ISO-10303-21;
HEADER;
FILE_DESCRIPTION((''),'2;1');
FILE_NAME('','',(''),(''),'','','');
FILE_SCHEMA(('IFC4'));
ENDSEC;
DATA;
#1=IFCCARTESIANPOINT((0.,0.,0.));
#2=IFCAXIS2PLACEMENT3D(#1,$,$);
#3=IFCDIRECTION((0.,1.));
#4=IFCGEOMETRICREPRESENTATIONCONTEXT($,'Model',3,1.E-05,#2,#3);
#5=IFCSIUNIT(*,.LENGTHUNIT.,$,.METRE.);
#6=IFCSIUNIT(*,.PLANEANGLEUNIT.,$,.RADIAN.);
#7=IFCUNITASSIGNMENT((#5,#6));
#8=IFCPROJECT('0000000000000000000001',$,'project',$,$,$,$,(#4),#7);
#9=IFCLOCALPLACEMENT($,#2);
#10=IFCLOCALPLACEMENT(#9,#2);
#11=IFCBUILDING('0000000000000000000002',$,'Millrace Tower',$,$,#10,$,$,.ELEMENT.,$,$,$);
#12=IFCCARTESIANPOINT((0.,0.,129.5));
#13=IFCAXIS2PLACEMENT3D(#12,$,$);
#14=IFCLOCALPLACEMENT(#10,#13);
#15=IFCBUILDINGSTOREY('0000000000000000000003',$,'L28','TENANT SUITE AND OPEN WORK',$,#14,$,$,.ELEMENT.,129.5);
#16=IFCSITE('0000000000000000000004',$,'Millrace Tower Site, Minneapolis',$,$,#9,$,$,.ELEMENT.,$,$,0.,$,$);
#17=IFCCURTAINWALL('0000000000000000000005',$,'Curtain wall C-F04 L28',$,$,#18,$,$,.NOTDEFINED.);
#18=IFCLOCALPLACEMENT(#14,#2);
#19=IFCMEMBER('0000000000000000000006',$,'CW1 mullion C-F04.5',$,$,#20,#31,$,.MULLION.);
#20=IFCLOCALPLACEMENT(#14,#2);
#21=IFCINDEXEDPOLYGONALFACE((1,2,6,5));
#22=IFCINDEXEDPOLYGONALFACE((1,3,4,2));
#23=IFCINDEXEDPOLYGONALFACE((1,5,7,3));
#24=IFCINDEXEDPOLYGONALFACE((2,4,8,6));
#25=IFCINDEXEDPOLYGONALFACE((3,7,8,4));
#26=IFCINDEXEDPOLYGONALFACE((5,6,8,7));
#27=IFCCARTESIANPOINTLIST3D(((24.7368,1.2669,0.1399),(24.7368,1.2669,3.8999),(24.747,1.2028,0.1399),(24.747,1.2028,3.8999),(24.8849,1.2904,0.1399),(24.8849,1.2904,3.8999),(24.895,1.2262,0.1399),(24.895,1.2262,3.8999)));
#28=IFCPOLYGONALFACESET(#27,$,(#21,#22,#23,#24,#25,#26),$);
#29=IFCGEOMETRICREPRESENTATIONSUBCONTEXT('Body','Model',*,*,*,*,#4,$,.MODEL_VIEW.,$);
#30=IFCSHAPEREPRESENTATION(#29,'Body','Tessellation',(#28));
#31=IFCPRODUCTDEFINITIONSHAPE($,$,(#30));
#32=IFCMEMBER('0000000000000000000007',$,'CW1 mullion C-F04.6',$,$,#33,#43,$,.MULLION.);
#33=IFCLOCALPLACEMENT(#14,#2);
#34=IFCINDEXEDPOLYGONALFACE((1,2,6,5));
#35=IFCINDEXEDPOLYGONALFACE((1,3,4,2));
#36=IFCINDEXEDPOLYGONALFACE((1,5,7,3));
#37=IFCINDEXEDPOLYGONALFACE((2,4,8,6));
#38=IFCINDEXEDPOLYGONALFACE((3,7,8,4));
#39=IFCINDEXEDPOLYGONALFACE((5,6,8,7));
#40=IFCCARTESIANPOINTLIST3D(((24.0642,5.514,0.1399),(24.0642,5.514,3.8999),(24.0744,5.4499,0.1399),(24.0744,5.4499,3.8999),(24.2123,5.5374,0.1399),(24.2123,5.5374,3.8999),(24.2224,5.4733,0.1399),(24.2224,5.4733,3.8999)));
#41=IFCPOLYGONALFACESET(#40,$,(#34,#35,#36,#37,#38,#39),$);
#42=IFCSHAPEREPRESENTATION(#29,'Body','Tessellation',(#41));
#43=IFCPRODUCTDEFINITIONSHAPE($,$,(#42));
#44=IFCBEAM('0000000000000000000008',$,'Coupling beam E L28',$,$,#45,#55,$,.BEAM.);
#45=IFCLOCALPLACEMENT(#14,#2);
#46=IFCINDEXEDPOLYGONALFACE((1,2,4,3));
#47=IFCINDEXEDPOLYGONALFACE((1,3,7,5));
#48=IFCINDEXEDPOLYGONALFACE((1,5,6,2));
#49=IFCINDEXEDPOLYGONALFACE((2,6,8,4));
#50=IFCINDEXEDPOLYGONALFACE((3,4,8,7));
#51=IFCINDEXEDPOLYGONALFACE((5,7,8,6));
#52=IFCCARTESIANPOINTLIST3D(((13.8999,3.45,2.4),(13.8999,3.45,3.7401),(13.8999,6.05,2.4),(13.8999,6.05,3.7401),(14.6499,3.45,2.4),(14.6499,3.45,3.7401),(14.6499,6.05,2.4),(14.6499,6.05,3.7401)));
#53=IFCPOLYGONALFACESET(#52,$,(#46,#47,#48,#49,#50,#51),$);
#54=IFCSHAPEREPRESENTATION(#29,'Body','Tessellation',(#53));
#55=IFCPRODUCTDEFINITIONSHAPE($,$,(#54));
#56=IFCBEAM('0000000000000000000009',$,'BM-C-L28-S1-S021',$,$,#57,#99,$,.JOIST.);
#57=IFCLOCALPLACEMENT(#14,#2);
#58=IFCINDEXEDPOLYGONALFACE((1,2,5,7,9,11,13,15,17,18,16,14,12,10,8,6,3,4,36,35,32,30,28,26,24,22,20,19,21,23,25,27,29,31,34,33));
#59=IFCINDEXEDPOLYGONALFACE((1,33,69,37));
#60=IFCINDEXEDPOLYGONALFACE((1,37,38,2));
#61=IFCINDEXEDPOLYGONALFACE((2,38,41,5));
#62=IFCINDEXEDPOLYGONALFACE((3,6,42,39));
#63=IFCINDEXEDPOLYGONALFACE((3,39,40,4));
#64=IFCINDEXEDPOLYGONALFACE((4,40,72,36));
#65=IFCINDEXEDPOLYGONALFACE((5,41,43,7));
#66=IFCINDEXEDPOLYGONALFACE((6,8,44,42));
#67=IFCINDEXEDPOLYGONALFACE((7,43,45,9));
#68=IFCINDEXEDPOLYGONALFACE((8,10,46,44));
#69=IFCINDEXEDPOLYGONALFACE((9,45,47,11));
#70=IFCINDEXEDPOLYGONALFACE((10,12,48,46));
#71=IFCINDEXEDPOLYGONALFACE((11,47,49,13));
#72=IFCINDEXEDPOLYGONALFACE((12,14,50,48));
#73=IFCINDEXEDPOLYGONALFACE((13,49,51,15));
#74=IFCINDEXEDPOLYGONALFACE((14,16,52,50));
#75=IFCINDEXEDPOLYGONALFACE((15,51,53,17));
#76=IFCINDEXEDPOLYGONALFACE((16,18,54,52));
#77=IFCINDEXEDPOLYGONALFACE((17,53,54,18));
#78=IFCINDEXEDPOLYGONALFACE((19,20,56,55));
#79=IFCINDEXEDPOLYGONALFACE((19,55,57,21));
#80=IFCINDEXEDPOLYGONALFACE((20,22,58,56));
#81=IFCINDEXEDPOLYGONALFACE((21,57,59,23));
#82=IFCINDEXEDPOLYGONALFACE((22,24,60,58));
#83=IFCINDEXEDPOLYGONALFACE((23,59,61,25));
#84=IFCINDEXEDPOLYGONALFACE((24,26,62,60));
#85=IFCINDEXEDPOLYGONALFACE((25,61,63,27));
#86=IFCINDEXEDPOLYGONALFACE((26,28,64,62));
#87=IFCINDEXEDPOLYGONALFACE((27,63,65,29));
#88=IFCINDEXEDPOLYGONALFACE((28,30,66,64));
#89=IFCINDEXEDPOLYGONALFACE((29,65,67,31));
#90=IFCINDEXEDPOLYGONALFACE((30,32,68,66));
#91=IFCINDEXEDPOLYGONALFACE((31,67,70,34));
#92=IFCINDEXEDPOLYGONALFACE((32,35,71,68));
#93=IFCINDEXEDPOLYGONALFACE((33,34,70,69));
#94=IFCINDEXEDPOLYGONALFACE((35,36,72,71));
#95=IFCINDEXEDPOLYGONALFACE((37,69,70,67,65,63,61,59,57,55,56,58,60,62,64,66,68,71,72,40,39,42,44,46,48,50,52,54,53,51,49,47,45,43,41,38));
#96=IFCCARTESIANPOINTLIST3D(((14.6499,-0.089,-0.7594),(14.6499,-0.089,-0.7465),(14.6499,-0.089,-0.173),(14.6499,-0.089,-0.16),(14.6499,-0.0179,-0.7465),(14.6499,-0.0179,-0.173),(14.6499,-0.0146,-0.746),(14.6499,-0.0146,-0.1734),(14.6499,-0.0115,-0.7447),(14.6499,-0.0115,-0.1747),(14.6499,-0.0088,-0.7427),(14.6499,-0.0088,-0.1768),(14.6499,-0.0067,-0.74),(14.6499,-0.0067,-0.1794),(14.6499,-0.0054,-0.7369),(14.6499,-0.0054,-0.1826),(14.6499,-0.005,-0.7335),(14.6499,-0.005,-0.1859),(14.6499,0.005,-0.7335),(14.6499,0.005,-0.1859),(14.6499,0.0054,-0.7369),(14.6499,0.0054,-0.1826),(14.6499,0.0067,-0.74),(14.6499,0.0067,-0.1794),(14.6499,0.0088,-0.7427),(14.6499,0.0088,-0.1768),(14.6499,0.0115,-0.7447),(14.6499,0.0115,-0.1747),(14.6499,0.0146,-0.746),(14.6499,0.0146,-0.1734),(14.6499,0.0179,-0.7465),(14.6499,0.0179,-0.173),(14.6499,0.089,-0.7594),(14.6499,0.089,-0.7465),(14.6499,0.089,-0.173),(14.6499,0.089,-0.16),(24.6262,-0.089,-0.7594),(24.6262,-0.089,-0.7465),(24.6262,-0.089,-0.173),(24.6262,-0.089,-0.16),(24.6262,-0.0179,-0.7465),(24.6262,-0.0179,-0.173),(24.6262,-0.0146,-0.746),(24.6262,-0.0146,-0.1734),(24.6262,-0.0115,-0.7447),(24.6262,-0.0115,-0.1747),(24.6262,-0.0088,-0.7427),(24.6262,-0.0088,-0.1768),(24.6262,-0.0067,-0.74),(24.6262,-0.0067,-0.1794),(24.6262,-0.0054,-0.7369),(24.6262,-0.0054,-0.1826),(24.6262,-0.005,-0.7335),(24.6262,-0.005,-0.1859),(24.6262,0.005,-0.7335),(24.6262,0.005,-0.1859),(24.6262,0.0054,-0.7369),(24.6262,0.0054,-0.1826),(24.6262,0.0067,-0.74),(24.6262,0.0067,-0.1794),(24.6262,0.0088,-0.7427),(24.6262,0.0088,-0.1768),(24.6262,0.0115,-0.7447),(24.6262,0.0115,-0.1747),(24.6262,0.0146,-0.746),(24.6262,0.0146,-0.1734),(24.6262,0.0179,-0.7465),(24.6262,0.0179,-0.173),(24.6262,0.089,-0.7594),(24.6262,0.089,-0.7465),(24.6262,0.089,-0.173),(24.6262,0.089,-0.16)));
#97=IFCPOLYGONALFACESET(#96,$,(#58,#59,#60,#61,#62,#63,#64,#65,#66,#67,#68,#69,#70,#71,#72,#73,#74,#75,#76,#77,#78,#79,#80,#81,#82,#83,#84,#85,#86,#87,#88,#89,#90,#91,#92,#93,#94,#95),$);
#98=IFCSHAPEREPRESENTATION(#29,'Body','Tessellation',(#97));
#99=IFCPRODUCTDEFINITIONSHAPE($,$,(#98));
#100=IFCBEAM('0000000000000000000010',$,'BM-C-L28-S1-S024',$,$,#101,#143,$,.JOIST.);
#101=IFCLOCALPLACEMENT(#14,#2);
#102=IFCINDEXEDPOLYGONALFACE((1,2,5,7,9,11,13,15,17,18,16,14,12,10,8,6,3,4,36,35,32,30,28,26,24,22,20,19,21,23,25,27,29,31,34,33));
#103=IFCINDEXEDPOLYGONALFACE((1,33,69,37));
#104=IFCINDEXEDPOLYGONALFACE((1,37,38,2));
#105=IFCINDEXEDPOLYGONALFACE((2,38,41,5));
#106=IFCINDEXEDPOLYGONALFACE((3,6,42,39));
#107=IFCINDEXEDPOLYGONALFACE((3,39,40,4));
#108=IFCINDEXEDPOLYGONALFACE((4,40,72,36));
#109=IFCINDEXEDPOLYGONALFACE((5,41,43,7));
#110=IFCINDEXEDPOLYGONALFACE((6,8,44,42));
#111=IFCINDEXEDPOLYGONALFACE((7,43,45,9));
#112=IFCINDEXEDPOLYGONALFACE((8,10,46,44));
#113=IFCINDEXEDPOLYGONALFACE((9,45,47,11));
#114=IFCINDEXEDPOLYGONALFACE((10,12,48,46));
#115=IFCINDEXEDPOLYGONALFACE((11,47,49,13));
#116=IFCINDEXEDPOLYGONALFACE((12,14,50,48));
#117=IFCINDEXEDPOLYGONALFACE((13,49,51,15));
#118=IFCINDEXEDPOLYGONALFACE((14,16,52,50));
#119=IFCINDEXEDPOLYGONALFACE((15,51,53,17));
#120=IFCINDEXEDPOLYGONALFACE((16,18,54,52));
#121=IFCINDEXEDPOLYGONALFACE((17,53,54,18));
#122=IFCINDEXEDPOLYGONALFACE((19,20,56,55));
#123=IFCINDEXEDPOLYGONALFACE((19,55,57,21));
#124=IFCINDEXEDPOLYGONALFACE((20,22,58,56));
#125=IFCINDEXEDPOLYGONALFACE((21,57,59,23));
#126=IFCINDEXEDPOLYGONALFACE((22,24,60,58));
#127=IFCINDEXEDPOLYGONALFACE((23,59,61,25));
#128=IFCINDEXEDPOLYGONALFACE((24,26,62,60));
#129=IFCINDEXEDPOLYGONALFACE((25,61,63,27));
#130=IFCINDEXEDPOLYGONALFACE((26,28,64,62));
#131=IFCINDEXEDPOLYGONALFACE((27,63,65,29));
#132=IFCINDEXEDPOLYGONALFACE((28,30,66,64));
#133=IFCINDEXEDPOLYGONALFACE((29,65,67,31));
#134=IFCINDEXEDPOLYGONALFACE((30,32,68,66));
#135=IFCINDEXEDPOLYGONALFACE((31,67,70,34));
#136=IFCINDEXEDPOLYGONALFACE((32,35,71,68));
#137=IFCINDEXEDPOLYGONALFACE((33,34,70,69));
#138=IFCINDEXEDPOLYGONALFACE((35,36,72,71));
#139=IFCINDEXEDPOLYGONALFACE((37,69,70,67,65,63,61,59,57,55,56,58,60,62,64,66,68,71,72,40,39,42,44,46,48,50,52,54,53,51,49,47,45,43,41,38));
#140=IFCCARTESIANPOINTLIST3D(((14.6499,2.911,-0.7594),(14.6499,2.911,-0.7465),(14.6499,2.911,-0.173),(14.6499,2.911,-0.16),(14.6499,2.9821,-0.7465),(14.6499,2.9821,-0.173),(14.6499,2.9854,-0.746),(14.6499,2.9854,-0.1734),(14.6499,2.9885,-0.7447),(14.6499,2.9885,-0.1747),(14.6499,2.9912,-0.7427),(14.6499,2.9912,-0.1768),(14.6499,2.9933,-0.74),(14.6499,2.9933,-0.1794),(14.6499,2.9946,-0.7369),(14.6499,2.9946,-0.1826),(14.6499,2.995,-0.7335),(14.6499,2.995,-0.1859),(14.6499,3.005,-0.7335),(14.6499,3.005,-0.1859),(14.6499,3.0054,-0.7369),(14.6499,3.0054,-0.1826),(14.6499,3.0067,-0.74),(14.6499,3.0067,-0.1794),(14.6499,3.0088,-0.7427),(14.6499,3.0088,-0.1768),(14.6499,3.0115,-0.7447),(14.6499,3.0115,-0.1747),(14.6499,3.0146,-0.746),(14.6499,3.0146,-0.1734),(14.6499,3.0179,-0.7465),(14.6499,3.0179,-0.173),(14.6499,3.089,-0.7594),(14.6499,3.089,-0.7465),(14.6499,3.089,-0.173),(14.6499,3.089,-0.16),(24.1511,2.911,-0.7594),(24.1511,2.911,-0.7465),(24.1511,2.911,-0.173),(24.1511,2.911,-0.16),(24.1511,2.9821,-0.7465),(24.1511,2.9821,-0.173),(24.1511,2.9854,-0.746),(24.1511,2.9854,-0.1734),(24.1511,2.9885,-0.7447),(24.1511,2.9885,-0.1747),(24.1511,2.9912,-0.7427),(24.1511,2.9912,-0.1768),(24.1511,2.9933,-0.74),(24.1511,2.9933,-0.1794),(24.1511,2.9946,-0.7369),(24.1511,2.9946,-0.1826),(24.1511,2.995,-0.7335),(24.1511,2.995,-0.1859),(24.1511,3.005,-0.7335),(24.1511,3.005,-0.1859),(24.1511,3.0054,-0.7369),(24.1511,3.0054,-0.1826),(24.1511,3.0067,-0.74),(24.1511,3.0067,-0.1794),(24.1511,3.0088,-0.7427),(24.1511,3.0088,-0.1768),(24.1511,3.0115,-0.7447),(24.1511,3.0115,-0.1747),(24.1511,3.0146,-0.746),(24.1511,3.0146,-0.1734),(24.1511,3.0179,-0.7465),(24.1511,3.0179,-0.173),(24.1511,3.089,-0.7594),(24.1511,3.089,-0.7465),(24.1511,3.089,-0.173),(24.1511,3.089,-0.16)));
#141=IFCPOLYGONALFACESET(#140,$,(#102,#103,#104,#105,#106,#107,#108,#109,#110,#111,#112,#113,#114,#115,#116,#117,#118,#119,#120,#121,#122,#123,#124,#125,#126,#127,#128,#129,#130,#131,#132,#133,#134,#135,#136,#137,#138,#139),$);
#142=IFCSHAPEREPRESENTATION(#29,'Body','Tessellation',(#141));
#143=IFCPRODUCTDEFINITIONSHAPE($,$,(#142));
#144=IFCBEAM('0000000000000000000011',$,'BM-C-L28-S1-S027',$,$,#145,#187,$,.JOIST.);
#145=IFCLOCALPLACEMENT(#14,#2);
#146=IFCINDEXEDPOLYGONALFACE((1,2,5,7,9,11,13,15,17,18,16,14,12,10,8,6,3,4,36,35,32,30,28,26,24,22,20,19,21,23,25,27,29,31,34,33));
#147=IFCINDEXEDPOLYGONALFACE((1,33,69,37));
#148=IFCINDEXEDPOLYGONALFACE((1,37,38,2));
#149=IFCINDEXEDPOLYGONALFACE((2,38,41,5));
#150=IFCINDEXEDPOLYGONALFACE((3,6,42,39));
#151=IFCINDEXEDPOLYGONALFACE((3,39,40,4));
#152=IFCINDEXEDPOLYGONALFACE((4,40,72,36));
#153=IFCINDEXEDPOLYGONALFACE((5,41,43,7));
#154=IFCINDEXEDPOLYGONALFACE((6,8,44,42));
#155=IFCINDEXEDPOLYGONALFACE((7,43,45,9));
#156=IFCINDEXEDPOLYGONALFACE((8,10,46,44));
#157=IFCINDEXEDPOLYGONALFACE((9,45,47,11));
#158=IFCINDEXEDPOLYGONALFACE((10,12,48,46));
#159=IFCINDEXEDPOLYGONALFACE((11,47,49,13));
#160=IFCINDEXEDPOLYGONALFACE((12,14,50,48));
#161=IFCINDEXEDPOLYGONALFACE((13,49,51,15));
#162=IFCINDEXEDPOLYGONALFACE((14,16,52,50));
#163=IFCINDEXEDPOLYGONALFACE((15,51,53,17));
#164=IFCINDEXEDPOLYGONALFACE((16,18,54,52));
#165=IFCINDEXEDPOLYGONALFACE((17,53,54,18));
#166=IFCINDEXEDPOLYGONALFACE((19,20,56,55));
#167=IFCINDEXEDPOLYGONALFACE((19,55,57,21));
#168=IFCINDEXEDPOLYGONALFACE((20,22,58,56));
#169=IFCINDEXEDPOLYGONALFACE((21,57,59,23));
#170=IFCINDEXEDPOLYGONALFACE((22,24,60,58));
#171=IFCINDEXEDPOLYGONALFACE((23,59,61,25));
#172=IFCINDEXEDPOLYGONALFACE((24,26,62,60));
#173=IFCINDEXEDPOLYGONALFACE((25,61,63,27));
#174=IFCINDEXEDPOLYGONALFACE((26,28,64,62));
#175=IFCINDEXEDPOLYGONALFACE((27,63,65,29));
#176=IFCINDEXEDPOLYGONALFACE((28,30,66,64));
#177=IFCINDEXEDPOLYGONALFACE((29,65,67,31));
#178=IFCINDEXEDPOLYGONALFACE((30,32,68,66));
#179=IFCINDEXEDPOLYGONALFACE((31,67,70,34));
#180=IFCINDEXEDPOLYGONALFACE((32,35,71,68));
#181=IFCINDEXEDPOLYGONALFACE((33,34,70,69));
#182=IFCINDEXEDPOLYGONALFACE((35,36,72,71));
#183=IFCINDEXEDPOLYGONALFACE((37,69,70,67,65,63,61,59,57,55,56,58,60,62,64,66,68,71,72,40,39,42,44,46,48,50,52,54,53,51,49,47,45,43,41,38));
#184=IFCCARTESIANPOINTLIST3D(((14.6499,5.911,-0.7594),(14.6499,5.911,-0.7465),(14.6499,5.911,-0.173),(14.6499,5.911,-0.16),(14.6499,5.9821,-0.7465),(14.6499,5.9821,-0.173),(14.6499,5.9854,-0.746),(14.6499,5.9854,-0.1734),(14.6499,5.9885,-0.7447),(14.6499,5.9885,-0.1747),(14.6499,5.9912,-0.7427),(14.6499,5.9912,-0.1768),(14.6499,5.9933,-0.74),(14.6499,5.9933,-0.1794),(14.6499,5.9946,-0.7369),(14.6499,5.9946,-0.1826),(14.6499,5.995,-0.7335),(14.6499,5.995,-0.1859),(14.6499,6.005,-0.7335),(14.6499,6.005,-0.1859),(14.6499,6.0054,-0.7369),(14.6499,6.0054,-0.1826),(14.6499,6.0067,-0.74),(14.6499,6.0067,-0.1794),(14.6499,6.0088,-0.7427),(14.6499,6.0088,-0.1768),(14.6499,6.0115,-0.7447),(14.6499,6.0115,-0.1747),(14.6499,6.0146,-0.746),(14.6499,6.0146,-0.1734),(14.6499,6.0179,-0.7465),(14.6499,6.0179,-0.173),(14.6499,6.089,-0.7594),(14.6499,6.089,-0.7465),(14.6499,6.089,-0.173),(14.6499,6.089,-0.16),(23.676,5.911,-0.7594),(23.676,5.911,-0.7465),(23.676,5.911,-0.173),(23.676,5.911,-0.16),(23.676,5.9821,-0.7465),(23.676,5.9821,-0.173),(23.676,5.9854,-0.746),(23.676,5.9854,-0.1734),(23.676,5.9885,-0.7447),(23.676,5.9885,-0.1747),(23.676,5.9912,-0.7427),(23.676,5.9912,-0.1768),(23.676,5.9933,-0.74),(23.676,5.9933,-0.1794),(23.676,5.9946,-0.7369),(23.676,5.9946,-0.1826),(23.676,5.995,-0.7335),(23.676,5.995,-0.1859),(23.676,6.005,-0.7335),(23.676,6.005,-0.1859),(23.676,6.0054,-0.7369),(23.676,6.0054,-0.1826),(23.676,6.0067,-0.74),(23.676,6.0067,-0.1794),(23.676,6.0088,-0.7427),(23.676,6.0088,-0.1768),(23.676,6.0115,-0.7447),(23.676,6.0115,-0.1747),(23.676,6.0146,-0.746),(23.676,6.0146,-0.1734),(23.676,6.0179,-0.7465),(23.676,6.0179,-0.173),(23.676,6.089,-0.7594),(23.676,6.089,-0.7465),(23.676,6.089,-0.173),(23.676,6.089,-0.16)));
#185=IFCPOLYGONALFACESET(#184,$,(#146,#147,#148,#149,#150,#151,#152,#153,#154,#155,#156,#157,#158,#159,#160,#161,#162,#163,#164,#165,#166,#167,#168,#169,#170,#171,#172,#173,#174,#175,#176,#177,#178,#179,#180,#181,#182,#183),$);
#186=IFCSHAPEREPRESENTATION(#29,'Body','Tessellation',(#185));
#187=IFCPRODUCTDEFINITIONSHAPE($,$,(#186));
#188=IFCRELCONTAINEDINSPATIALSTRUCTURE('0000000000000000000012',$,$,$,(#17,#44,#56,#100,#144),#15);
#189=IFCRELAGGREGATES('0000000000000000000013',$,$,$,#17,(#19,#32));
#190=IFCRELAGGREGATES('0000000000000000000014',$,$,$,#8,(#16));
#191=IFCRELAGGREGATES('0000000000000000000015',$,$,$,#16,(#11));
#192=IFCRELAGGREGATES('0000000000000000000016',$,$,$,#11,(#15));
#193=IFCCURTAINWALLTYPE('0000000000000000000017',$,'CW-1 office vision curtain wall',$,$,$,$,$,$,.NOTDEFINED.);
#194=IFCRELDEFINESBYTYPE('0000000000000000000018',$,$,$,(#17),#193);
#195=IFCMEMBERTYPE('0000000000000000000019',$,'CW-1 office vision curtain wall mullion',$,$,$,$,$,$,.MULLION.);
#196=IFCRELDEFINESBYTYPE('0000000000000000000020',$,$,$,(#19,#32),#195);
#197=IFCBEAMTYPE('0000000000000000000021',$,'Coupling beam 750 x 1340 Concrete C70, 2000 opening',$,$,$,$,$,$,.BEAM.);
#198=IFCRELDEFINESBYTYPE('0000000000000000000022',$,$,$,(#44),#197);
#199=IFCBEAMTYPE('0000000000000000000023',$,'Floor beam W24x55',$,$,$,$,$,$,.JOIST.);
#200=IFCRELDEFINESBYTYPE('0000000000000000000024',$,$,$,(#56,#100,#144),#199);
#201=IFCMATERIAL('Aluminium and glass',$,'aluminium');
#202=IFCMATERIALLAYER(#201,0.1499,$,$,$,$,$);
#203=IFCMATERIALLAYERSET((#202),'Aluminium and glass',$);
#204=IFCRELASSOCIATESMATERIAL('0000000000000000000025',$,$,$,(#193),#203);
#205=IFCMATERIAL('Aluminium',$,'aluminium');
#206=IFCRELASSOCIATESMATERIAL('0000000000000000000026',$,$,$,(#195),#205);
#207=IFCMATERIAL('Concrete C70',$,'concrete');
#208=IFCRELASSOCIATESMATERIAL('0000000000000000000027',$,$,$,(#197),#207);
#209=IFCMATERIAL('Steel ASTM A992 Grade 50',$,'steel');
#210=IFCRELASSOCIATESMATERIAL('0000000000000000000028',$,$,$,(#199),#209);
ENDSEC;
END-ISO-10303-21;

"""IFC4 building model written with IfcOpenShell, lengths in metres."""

from ifc_helpers import new_model, si_unit, direction, frame, origin, origin_2d, place, context, subcontext, project, spatial, rectangle, i_section, extrude, material, layer, layer_set, material_profile, profile_set, type_object, element, aggregate, save


model = new_model("IFC4")

# Units and contexts
model_context = context("Model", 3, precision=1e-05, world=origin(), true_north=direction((0.0, 1.0)))
body_context = subcontext(model_context, "Body", "Model", "MODEL_VIEW")
ifc_project = project(units=[si_unit("LENGTHUNIT", "METRE"), si_unit("PLANEANGLEUNIT", "RADIAN")], contexts=[model_context])

# Site, building, storey
site_placement = place(None, origin())
site = spatial("IfcSite", under=ifc_project, at=site_placement, Name="Millrace Tower Site, Minneapolis", CompositionType="ELEMENT", RefElevation=0.0)
building_placement = place(site_placement, origin())
building = spatial("IfcBuilding", under=site, at=building_placement, Name="Millrace Tower", CompositionType="ELEMENT")
storey_placement = place(building_placement, frame((0.0, 0.0, 129.5)))
storey = spatial("IfcBuildingStorey", under=building, at=storey_placement, Name="L28", Description="TENANT SUITE AND OPEN WORK", CompositionType="ELEMENT", Elevation=129.5)

# Curtain wall, members
ifc_material_1 = material(Name="Aluminium and glass", Category="aluminium")
ifc_layer_1 = layer(ifc_material_1, 0.1499)
ifc_layer_set_1 = layer_set([ifc_layer_1], Name="Aluminium and glass")
curtain_wall_type = type_object("IfcCurtainWallType", Name="CW-1 office vision curtain wall", PredefinedType="NOTDEFINED", material=ifc_layer_set_1)
curtain_wall_placement = place(storey_placement, origin())
curtain_wall = element("IfcCurtainWall", 1, at=curtain_wall_placement, inside=storey, type_object=curtain_wall_type, Name="Curtain wall C-F04 L28", PredefinedType="NOTDEFINED")
ifc_material_2 = material(Name="Aluminium", Category="aluminium")
ifc_material_profile_1 = material_profile(ifc_material_2, rectangle(XDim=0.0649, YDim=0.1499, at=origin_2d()))
ifc_profile_set_1 = profile_set([ifc_material_profile_1], Name="Aluminium")
member_type = type_object("IfcMemberType", Name="CW-1 office vision curtain wall mullion", PredefinedType="MULLION", material=ifc_profile_set_1)
member_1_placement = place(storey_placement, frame((24.8159, 1.2466, 0.1399), z_axis=(0.0, 0.0, 1.0), x_axis=(-0.156434, 0.987688, 0.0)))
member_1 = element("IfcMember", 2, at=member_1_placement, type_object=member_type, Name="CW1 mullion C-F04.5", PredefinedType="MULLION", context=body_context, shape_type="SweptSolid", body=[
    extrude(rectangle(XDim=0.0649, YDim=0.1499, at=origin_2d()), origin(), (0.0, 0.0, 1.0), 3.76),
])
member_2_placement = place(storey_placement, frame((24.1433, 5.4937, 0.1399), z_axis=(0.0, 0.0, 1.0), x_axis=(-0.156434, 0.987688, 0.0)))
member_2 = element("IfcMember", 3, at=member_2_placement, type_object=member_type, Name="CW1 mullion C-F04.6", PredefinedType="MULLION", context=body_context, shape_type="SweptSolid", body=[
    extrude(rectangle(XDim=0.0649, YDim=0.1499, at=origin_2d()), origin(), (0.0, 0.0, 1.0), 3.76),
])
aggregate(curtain_wall, [member_1, member_2])

# Beams
ifc_material_3 = material(Name="Concrete C70", Category="concrete")
ifc_material_profile_2 = material_profile(ifc_material_3, rectangle(XDim=0.75, YDim=1.3401, at=origin_2d()))
ifc_profile_set_2 = profile_set([ifc_material_profile_2], Name="Concrete C70")
beam_type_1 = type_object("IfcBeamType", Name="Coupling beam 750 x 1340 Concrete C70, 2000 opening", PredefinedType="BEAM", material=ifc_profile_set_2)
beam_1_placement = place(storey_placement, frame((14.2749, 6.05, 3.0701), z_axis=(0.0, -1.0, 0.0), x_axis=(1.0, 0.0, 0.0)))
element("IfcBeam", 4, at=beam_1_placement, inside=storey, type_object=beam_type_1, Name="Coupling beam E L28", PredefinedType="BEAM", context=body_context, shape_type="SweptSolid", body=[
    extrude(rectangle(XDim=0.75, YDim=1.3401, at=origin_2d()), origin(), (0.0, 0.0, 1.0), 2.6001),
])
ifc_material_4 = material(Name="Steel ASTM A992 Grade 50", Category="steel")
ifc_material_profile_3 = material_profile(ifc_material_4, i_section(OverallWidth=0.178, OverallDepth=0.5994, WebThickness=0.01, FlangeThickness=0.0129, FilletRadius=0.0129, at=origin_2d()))
ifc_profile_set_3 = profile_set([ifc_material_profile_3], Name="Steel ASTM A992 Grade 50")
beam_type_2 = type_object("IfcBeamType", Name="Floor beam W24x55", PredefinedType="JOIST", material=ifc_profile_set_3)
beam_2_placement = place(storey_placement, frame((14.6499, 0.0, -0.4597), z_axis=(1.0, 0.0, 0.0), x_axis=(0.0, 1.0, 0.0)))
element("IfcBeam", 5, at=beam_2_placement, inside=storey, type_object=beam_type_2, Name="BM-C-L28-S1-S021", PredefinedType="JOIST", context=body_context, shape_type="SweptSolid", body=[
    extrude(i_section(OverallWidth=0.178, OverallDepth=0.5994, WebThickness=0.01, FlangeThickness=0.0129, FilletRadius=0.0129, at=origin_2d()), origin(), (0.0, 0.0, 1.0), 9.9763),
])
beam_3_placement = place(storey_placement, frame((14.6499, 3.0, -0.4597), z_axis=(1.0, 0.0, 0.0), x_axis=(0.0, 1.0, 0.0)))
element("IfcBeam", 6, at=beam_3_placement, inside=storey, type_object=beam_type_2, Name="BM-C-L28-S1-S024", PredefinedType="JOIST", context=body_context, shape_type="SweptSolid", body=[
    extrude(i_section(OverallWidth=0.178, OverallDepth=0.5994, WebThickness=0.01, FlangeThickness=0.0129, FilletRadius=0.0129, at=origin_2d()), origin(), (0.0, 0.0, 1.0), 9.5012),
])
beam_4_placement = place(storey_placement, frame((14.6499, 6.0, -0.4597), z_axis=(1.0, 0.0, 0.0), x_axis=(0.0, 1.0, 0.0)))
element("IfcBeam", 7, at=beam_4_placement, inside=storey, type_object=beam_type_2, Name="BM-C-L28-S1-S027", PredefinedType="JOIST", context=body_context, shape_type="SweptSolid", body=[
    extrude(i_section(OverallWidth=0.178, OverallDepth=0.5994, WebThickness=0.01, FlangeThickness=0.0129, FilletRadius=0.0129, at=origin_2d()), origin(), (0.0, 0.0, 1.0), 9.0261),
])

save(model, "model.ifc")
